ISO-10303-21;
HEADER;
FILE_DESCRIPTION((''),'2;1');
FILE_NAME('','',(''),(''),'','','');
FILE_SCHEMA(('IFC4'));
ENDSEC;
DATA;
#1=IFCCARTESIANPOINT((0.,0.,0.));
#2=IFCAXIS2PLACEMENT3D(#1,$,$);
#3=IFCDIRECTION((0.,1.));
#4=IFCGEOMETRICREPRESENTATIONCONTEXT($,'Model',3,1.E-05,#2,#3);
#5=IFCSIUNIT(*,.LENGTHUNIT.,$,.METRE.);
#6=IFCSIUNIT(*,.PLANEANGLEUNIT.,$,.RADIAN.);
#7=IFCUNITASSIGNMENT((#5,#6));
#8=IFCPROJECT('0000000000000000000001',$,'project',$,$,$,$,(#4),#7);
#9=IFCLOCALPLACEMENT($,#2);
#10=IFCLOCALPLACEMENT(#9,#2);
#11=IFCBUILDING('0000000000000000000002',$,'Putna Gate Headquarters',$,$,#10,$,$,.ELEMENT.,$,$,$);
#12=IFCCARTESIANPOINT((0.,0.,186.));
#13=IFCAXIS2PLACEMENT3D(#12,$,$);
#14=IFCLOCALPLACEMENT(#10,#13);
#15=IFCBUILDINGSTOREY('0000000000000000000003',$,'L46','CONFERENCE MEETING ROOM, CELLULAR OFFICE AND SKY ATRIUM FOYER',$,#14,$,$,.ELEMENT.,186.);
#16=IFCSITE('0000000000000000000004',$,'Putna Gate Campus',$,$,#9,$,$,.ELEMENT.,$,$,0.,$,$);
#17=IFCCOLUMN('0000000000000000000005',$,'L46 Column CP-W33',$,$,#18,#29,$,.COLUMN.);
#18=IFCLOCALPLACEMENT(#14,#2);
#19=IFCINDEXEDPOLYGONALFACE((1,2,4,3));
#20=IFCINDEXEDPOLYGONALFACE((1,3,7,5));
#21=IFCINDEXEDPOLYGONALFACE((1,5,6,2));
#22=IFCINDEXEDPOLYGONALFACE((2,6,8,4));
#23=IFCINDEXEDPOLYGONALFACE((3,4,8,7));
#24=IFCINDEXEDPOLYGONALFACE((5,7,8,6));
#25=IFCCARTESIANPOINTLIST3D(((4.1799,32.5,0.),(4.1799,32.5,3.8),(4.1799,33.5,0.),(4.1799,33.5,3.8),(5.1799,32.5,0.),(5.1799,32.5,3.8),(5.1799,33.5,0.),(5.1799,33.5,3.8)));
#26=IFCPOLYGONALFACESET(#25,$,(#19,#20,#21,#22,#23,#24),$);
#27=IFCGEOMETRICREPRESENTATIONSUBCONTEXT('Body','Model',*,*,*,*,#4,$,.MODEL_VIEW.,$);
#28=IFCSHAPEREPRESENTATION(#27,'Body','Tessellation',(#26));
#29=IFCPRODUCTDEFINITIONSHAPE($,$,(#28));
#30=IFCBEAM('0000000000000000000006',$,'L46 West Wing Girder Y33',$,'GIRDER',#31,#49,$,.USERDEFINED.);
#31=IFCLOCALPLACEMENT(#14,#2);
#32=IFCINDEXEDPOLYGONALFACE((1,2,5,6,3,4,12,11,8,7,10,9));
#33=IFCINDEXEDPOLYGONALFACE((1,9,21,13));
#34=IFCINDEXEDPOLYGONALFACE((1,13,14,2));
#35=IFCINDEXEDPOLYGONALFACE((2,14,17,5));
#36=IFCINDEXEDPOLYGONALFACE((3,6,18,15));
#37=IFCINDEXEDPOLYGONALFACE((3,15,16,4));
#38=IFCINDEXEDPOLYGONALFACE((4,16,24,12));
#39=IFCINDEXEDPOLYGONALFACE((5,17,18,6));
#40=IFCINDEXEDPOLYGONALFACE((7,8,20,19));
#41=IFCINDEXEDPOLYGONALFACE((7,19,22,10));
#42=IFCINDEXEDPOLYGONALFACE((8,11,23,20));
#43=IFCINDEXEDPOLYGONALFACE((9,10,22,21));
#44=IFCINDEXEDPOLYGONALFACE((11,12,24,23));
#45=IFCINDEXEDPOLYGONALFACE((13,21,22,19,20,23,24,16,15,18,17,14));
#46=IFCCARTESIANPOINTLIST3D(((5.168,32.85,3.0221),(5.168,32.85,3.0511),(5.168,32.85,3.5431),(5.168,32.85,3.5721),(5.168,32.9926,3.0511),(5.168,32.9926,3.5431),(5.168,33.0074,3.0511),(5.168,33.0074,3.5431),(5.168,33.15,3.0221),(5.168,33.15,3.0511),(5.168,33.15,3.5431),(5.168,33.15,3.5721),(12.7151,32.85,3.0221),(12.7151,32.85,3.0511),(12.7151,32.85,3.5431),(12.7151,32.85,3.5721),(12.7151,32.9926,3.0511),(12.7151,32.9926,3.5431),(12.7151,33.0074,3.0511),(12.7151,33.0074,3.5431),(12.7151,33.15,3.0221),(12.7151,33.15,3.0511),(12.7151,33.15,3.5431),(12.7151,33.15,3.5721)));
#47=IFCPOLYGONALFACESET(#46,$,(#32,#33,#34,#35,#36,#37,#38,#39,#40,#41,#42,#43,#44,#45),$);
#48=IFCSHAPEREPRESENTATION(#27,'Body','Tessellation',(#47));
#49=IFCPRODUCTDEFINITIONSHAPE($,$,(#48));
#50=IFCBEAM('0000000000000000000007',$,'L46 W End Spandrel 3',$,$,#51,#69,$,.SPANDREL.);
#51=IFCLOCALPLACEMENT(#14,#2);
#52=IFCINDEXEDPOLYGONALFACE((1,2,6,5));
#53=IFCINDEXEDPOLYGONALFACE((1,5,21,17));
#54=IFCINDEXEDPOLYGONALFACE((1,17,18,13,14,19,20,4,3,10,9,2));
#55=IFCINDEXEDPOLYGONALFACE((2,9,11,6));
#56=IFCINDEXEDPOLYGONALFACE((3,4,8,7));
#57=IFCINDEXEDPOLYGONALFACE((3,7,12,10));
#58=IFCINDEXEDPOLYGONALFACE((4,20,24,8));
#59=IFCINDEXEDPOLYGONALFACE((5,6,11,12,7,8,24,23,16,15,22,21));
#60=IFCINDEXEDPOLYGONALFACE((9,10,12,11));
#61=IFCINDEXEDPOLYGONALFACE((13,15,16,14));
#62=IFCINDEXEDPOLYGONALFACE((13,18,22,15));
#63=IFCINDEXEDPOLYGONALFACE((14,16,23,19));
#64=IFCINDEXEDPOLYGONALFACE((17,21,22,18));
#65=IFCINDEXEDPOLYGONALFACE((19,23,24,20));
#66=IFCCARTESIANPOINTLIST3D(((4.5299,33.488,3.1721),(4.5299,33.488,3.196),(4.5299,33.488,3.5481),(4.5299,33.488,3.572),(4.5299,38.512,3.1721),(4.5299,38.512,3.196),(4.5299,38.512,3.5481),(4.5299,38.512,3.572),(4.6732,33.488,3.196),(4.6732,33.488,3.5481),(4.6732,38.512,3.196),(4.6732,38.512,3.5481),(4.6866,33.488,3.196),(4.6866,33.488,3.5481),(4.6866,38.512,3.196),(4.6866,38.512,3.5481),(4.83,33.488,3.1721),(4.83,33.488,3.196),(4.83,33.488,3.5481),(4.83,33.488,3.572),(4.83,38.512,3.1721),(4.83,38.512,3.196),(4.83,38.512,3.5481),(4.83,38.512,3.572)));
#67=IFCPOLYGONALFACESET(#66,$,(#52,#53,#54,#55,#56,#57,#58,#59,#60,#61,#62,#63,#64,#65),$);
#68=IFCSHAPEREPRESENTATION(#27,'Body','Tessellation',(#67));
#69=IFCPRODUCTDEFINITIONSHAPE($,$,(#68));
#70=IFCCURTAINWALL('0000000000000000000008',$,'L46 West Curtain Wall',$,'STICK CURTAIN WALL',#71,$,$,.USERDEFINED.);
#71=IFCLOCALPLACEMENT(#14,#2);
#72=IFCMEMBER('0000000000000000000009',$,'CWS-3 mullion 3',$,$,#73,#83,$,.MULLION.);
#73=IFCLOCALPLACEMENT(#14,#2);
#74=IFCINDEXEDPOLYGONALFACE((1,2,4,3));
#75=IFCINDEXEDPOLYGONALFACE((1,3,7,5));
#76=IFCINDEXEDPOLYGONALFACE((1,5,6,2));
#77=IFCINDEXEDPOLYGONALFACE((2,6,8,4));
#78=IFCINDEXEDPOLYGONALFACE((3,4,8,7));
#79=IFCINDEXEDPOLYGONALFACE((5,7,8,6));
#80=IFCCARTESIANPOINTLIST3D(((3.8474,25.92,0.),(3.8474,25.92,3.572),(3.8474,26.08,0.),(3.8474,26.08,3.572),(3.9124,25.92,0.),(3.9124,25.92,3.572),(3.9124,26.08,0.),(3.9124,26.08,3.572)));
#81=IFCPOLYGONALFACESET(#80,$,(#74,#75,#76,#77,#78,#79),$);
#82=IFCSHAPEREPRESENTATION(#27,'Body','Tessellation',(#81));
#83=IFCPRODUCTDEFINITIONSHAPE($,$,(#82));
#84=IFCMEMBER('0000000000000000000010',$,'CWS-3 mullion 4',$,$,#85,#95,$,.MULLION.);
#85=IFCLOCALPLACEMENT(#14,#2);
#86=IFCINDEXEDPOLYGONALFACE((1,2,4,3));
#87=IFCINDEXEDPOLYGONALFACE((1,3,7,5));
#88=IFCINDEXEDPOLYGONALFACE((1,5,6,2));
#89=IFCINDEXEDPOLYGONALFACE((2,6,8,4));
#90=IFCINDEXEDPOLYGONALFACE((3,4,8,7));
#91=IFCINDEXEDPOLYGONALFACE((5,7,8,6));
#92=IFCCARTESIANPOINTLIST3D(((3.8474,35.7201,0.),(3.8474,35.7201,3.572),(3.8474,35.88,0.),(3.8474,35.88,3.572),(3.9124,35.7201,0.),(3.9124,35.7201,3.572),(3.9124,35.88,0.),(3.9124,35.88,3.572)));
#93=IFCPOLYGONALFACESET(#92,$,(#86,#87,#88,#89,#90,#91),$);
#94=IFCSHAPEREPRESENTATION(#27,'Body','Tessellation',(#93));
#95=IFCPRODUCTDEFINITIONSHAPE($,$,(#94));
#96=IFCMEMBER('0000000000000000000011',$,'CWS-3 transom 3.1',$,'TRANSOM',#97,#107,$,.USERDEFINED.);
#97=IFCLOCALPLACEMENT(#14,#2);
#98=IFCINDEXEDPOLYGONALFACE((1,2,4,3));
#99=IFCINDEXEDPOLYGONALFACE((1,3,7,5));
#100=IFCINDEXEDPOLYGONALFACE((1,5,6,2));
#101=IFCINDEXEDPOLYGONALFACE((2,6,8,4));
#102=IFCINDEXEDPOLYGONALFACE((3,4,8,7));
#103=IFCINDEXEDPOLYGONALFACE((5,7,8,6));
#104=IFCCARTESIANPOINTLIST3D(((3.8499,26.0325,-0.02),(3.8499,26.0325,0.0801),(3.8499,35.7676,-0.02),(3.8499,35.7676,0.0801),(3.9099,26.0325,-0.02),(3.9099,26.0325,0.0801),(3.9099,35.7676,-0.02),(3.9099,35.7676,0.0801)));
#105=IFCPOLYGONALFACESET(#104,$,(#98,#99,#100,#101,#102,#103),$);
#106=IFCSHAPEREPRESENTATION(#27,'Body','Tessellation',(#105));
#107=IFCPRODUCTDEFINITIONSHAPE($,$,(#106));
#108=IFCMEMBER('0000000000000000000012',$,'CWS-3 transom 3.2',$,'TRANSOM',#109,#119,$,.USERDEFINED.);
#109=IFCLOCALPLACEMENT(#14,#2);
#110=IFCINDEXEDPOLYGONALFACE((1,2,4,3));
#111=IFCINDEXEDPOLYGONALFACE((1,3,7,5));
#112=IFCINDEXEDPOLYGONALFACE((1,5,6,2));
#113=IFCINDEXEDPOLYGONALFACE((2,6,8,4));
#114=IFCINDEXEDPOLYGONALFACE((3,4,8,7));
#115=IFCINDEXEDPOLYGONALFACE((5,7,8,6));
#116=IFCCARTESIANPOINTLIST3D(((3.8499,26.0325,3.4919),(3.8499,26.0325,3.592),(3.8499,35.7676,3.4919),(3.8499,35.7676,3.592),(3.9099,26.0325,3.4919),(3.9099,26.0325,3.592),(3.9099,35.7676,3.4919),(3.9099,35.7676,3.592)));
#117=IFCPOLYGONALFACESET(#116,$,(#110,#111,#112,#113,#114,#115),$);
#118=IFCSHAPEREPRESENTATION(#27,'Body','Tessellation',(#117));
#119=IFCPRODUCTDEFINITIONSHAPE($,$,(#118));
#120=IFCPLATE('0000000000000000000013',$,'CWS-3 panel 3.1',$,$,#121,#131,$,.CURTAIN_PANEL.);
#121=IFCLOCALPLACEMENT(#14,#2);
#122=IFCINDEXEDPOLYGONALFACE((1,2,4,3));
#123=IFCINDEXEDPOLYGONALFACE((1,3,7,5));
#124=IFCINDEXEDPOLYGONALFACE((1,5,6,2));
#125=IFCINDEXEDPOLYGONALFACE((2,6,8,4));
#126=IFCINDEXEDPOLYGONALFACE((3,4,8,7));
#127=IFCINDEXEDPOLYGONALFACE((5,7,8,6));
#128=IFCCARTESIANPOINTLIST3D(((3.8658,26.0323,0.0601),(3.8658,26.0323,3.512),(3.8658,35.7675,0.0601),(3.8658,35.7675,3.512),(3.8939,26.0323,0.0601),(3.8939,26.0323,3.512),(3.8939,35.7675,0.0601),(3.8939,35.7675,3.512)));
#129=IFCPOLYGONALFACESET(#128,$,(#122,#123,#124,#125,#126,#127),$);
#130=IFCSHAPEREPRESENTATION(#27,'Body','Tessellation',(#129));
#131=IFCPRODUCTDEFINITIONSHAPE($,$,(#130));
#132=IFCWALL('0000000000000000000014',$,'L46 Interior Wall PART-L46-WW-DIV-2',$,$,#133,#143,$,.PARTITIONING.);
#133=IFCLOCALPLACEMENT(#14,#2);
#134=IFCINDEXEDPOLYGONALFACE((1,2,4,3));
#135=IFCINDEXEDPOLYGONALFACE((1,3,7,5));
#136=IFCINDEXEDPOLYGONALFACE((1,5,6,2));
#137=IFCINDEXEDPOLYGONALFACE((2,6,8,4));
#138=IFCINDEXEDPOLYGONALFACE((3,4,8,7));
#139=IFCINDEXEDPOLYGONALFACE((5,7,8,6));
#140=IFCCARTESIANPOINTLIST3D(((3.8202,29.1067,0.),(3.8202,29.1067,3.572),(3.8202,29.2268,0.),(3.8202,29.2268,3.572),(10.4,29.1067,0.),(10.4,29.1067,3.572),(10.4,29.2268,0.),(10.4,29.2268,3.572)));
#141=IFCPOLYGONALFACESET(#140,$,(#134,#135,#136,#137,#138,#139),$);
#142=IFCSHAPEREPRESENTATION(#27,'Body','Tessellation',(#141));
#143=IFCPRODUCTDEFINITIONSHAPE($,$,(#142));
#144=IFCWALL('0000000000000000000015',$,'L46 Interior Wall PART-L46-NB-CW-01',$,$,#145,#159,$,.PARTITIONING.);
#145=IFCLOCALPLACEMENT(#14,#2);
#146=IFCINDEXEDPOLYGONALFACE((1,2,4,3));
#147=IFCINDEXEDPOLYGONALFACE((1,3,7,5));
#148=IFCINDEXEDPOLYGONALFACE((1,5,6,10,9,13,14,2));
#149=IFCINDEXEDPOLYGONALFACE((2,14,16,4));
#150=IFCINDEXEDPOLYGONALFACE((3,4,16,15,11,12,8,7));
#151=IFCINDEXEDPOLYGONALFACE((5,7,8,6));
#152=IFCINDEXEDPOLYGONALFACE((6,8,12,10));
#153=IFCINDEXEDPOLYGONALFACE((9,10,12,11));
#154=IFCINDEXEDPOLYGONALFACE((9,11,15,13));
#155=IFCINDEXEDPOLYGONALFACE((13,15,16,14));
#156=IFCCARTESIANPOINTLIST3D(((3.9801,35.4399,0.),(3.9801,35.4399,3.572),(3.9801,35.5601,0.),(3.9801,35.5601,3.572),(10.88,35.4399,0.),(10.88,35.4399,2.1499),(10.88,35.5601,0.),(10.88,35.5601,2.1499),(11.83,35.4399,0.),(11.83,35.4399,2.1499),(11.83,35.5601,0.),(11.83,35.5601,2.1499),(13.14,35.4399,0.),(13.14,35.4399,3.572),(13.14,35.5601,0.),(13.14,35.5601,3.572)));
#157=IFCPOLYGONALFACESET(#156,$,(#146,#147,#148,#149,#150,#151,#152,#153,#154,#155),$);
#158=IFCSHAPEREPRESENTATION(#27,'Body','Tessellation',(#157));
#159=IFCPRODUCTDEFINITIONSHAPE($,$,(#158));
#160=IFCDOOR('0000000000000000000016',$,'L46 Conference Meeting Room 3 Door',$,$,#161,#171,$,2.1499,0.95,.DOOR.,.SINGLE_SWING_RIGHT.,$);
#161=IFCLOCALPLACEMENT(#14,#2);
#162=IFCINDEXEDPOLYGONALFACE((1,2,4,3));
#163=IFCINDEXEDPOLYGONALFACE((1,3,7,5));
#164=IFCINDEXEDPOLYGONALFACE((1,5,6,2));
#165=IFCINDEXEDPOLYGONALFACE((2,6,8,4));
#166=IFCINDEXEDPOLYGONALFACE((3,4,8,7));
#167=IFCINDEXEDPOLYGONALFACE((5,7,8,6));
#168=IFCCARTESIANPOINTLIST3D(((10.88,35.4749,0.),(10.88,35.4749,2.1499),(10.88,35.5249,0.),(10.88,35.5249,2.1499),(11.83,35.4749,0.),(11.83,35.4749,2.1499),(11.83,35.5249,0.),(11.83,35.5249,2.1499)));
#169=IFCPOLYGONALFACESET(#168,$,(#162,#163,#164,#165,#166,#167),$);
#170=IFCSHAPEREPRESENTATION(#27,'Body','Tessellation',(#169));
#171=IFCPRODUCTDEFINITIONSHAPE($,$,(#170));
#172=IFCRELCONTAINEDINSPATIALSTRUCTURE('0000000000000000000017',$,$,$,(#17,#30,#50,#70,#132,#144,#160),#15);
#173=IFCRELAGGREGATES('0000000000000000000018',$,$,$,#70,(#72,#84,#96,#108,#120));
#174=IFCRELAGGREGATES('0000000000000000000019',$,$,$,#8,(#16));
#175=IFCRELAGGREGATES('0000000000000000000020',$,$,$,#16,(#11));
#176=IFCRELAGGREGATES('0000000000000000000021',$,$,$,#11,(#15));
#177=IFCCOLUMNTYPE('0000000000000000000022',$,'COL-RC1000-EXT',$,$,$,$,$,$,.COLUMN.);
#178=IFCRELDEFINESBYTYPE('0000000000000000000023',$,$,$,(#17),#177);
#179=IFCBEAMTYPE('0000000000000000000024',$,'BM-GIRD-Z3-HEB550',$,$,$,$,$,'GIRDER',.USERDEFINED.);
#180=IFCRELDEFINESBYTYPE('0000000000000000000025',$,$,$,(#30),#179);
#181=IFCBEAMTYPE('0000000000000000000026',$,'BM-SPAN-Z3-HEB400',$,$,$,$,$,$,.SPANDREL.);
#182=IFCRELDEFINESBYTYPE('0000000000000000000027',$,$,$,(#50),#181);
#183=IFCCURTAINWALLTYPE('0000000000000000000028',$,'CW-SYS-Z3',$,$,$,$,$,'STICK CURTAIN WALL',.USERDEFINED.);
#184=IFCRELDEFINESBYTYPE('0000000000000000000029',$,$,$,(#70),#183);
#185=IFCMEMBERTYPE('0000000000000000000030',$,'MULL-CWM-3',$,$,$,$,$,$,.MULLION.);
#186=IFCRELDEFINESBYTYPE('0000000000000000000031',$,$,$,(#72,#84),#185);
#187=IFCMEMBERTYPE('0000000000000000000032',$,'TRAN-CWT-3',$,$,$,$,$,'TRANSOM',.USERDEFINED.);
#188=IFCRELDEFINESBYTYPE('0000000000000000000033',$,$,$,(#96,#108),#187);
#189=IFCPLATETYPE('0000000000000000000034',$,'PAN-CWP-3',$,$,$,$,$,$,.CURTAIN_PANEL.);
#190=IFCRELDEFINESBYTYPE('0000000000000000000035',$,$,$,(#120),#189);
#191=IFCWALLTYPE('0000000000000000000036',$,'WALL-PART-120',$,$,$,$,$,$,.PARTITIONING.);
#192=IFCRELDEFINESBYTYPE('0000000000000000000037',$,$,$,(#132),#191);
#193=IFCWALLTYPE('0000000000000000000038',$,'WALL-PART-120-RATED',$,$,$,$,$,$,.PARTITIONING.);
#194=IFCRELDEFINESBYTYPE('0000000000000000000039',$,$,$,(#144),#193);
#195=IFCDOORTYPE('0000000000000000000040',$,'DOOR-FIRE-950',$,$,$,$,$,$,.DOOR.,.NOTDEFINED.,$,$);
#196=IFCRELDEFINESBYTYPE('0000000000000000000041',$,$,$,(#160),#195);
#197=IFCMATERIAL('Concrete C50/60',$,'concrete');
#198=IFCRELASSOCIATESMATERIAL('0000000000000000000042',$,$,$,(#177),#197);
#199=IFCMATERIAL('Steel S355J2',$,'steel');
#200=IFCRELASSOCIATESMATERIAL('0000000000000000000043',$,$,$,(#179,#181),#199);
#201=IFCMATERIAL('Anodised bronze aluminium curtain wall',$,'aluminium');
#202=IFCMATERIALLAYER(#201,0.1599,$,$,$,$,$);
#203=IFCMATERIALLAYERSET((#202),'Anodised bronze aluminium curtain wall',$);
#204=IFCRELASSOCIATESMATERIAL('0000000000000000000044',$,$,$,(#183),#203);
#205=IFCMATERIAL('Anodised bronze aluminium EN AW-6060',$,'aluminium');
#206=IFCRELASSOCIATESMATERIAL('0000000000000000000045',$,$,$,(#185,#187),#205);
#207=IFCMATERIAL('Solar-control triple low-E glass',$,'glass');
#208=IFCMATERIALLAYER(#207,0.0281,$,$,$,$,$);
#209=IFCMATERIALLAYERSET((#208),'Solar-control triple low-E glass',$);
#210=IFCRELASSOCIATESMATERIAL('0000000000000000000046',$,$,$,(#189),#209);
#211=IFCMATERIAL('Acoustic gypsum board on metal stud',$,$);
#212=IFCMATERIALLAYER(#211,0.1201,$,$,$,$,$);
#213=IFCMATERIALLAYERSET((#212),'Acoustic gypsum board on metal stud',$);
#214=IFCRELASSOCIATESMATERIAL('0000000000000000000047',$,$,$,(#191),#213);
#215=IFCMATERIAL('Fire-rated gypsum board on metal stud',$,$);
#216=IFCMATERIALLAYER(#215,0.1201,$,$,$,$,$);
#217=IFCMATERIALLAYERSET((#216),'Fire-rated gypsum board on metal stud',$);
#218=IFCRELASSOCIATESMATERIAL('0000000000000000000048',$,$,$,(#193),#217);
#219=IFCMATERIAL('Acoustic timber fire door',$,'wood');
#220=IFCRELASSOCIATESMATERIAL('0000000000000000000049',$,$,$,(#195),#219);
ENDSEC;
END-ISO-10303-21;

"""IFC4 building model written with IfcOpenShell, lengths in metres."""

from ifc_helpers import new_model, si_unit, direction, frame, frame_2d, origin, origin_2d, place, context, subcontext, project, spatial, rectangle, i_section, extrude, material, layer, layer_set, material_profile, profile_set, type_object, element, fill, aggregate, save


model = new_model("IFC4")

# Units and contexts
model_context = context("Model", 3, precision=1e-05, world=origin(), true_north=direction((0.0, 1.0)))
body_context = subcontext(model_context, "Body", "Model", "MODEL_VIEW")
ifc_project = project(units=[si_unit("LENGTHUNIT", "METRE"), si_unit("PLANEANGLEUNIT", "RADIAN")], contexts=[model_context])

# Site, building, storey
site_placement = place(None, origin())
site = spatial("IfcSite", under=ifc_project, at=site_placement, Name="Putna Gate Campus", CompositionType="ELEMENT", RefElevation=0.0)
building_placement = place(site_placement, origin())
building = spatial("IfcBuilding", under=site, at=building_placement, Name="Putna Gate Headquarters", CompositionType="ELEMENT")
storey_placement = place(building_placement, frame((0.0, 0.0, 186.0)))
storey = spatial("IfcBuildingStorey", under=building, at=storey_placement, Name="L46", Description="CONFERENCE MEETING ROOM, CELLULAR OFFICE AND SKY ATRIUM FOYER", CompositionType="ELEMENT", Elevation=186.0)

# Column
ifc_material_1 = material(Name="Concrete C50/60", Category="concrete")
ifc_material_profile_1 = material_profile(ifc_material_1, rectangle(XDim=1.0, YDim=1.0, at=origin_2d()), Name="Concrete C50/60")
ifc_profile_set_1 = profile_set([ifc_material_profile_1], Name="Concrete C50/60")
column_type = type_object("IfcColumnType", Name="COL-RC1000-EXT", PredefinedType="COLUMN", material=ifc_profile_set_1)
column_placement = place(storey_placement, frame((4.6799, 33.0, 0.0), z_axis=(0.0, 0.0, 1.0), x_axis=(1.0, 0.0, 0.0)))
element("IfcColumn", 1, at=column_placement, inside=storey, type_object=column_type, Name="L46 Column CP-W33", PredefinedType="COLUMN", context=body_context, shape_type="SweptSolid", body=[
    extrude(rectangle(XDim=1.0, YDim=1.0, at=origin_2d()), origin(), (0.0, 0.0, 1.0), 3.8),
])

# Beams
ifc_material_2 = material(Name="Steel S355J2", Category="steel")
ifc_material_profile_2 = material_profile(ifc_material_2, i_section(OverallWidth=0.3, OverallDepth=0.55, WebThickness=0.0149, FlangeThickness=0.0291, at=origin_2d()), Name="Steel S355J2")
ifc_profile_set_2 = profile_set([ifc_material_profile_2], Name="Steel S355J2")
beam_type_1 = type_object("IfcBeamType", Name="BM-GIRD-Z3-HEB550", ElementType="GIRDER", PredefinedType="USERDEFINED", material=ifc_profile_set_2)
beam_1_placement = place(storey_placement, frame((5.168, 33.0, 3.2971), z_axis=(1.0, 0.0, 0.0), x_axis=(0.0, 1.0, 0.0)))
element("IfcBeam", 2, at=beam_1_placement, inside=storey, type_object=beam_type_1, Name="L46 West Wing Girder Y33", ObjectType="GIRDER", PredefinedType="USERDEFINED", context=body_context, shape_type="SweptSolid", body=[
    extrude(i_section(OverallWidth=0.3, OverallDepth=0.55, WebThickness=0.0149, FlangeThickness=0.0291, at=origin_2d()), origin(), (0.0, 0.0, 1.0), 7.5471),
])
ifc_material_profile_3 = material_profile(ifc_material_2, i_section(OverallWidth=0.3, OverallDepth=0.3999, WebThickness=0.0134, FlangeThickness=0.0239, at=origin_2d()), Name="Steel S355J2")
ifc_profile_set_3 = profile_set([ifc_material_profile_3], Name="Steel S355J2")
beam_type_2 = type_object("IfcBeamType", Name="BM-SPAN-Z3-HEB400", PredefinedType="SPANDREL", material=ifc_profile_set_3)
beam_2_placement = place(storey_placement, frame((4.6799, 33.488, 3.3721), z_axis=(0.0, 1.0, 0.0), x_axis=(-1.0, 0.0, 0.0)))
element("IfcBeam", 3, at=beam_2_placement, inside=storey, type_object=beam_type_2, Name="L46 W End Spandrel 3", PredefinedType="SPANDREL", context=body_context, shape_type="SweptSolid", body=[
    extrude(i_section(OverallWidth=0.3, OverallDepth=0.3999, WebThickness=0.0134, FlangeThickness=0.0239, at=origin_2d()), origin(), (0.0, 0.0, 1.0), 5.0239),
])

# Curtain wall, members, plate
ifc_material_3 = material(Name="Anodised bronze aluminium curtain wall", Category="aluminium")
ifc_layer_1 = layer(ifc_material_3, 0.1599)
ifc_layer_set_1 = layer_set([ifc_layer_1], Name="Anodised bronze aluminium curtain wall")
curtain_wall_type = type_object("IfcCurtainWallType", Name="CW-SYS-Z3", ElementType="STICK CURTAIN WALL", PredefinedType="USERDEFINED", material=ifc_layer_set_1)
curtain_wall_placement = place(storey_placement, origin())
curtain_wall = element("IfcCurtainWall", 4, at=curtain_wall_placement, inside=storey, type_object=curtain_wall_type, Name="L46 West Curtain Wall", ObjectType="STICK CURTAIN WALL", PredefinedType="USERDEFINED")
ifc_material_4 = material(Name="Anodised bronze aluminium EN AW-6060", Category="aluminium")
ifc_material_profile_4 = material_profile(ifc_material_4, rectangle(XDim=0.0649, YDim=0.1599, at=origin_2d()), Name="Anodised bronze aluminium EN AW-6060")
ifc_profile_set_4 = profile_set([ifc_material_profile_4], Name="Anodised bronze aluminium EN AW-6060")
member_type_1 = type_object("IfcMemberType", Name="MULL-CWM-3", PredefinedType="MULLION", material=ifc_profile_set_4)
member_1_placement = place(storey_placement, frame((3.8799, 26.0, 0.0), z_axis=(0.0, 0.0, 1.0), x_axis=(-1.0, 0.0, 0.0)))
member_1 = element("IfcMember", 5, at=member_1_placement, type_object=member_type_1, Name="CWS-3 mullion 3", PredefinedType="MULLION", context=body_context, shape_type="SweptSolid", body=[
    extrude(rectangle(XDim=0.0649, YDim=0.1599, at=origin_2d()), origin(), (0.0, 0.0, 1.0), 3.572),
])
member_2_placement = place(storey_placement, frame((3.8799, 35.8, 0.0), z_axis=(0.0, 0.0, 1.0), x_axis=(-1.0, 0.0, 0.0)))
member_2 = element("IfcMember", 6, at=member_2_placement, type_object=member_type_1, Name="CWS-3 mullion 4", PredefinedType="MULLION", context=body_context, shape_type="SweptSolid", body=[
    extrude(rectangle(XDim=0.0649, YDim=0.1599, at=origin_2d()), origin(), (0.0, 0.0, 1.0), 3.572),
])
ifc_material_profile_5 = material_profile(ifc_material_4, rectangle(XDim=0.0601, YDim=0.1001, at=origin_2d()), Name="Anodised bronze aluminium EN AW-6060")
ifc_profile_set_5 = profile_set([ifc_material_profile_5], Name="Anodised bronze aluminium EN AW-6060")
member_type_2 = type_object("IfcMemberType", Name="TRAN-CWT-3", ElementType="TRANSOM", PredefinedType="USERDEFINED", material=ifc_profile_set_5)
member_3_placement = place(storey_placement, frame((3.8799, 26.0325, 0.03), z_axis=(0.0, 1.0, 0.0), x_axis=(-1.0, 0.0, 0.0)))
member_3 = element("IfcMember", 7, at=member_3_placement, type_object=member_type_2, Name="CWS-3 transom 3.1", ObjectType="TRANSOM", PredefinedType="USERDEFINED", context=body_context, shape_type="SweptSolid", body=[
    extrude(rectangle(XDim=0.0601, YDim=0.1001, at=origin_2d()), origin(), (0.0, 0.0, 1.0), 9.7351),
])
member_4_placement = place(storey_placement, frame((3.8799, 26.0325, 3.542), z_axis=(0.0, 1.0, 0.0), x_axis=(-1.0, 0.0, 0.0)))
member_4 = element("IfcMember", 8, at=member_4_placement, type_object=member_type_2, Name="CWS-3 transom 3.2", ObjectType="TRANSOM", PredefinedType="USERDEFINED", context=body_context, shape_type="SweptSolid", body=[
    extrude(rectangle(XDim=0.0601, YDim=0.1001, at=origin_2d()), origin(), (0.0, 0.0, 1.0), 9.7351),
])
ifc_material_5 = material(Name="Solar-control triple low-E glass", Category="glass")
ifc_layer_2 = layer(ifc_material_5, 0.0281)
ifc_layer_set_2 = layer_set([ifc_layer_2], Name="Solar-control triple low-E glass")
plate_type = type_object("IfcPlateType", Name="PAN-CWP-3", PredefinedType="CURTAIN_PANEL", material=ifc_layer_set_2)
plate_placement = place(storey_placement, frame((3.8799, 30.8999, 0.0601), z_axis=(0.0, 0.0, 1.0), x_axis=(0.0, 1.0, 0.0)))
plate = element("IfcPlate", 9, at=plate_placement, type_object=plate_type, Name="CWS-3 panel 3.1", PredefinedType="CURTAIN_PANEL", context=body_context, shape_type="SweptSolid", body=[
    extrude(rectangle(XDim=9.7351, YDim=0.0281, at=origin_2d()), origin(), (0.0, 0.0, 1.0), 3.4519),
])
aggregate(curtain_wall, [member_1, member_2, member_3, member_4, plate])

# Wall
ifc_material_6 = material(Name="Acoustic gypsum board on metal stud")
ifc_layer_3 = layer(ifc_material_6, 0.1201)
ifc_layer_set_3 = layer_set([ifc_layer_3], Name="Acoustic gypsum board on metal stud")
wall_type_1 = type_object("IfcWallType", Name="WALL-PART-120", PredefinedType="PARTITIONING", material=ifc_layer_set_3)
wall_1_placement = place(storey_placement, frame((3.8201, 29.1667, 0.0), z_axis=(0.0, 0.0, 1.0), x_axis=(1.0, 0.0, 0.0)))
element("IfcWall", 10, at=wall_1_placement, inside=storey, type_object=wall_type_1, Name="L46 Interior Wall PART-L46-WW-DIV-2", PredefinedType="PARTITIONING", context=body_context, shape_type="SweptSolid", body=[
    extrude(rectangle(XDim=6.5798, YDim=0.1201, at=frame_2d((3.29, 0.0))), origin(), (0.0, 0.0, 1.0), 3.572),
])

# Wall, opening, door
ifc_material_7 = material(Name="Fire-rated gypsum board on metal stud")
ifc_layer_4 = layer(ifc_material_7, 0.1201)
ifc_layer_set_4 = layer_set([ifc_layer_4], Name="Fire-rated gypsum board on metal stud")
wall_type_2 = type_object("IfcWallType", Name="WALL-PART-120-RATED", PredefinedType="PARTITIONING", material=ifc_layer_set_4)
wall_2_placement = place(storey_placement, frame((3.98, 35.5, 0.0), z_axis=(0.0, 0.0, 1.0), x_axis=(1.0, 0.0, 0.0)))
wall_2 = element("IfcWall", 11, at=wall_2_placement, inside=storey, type_object=wall_type_2, Name="L46 Interior Wall PART-L46-NB-CW-01", PredefinedType="PARTITIONING", context=body_context, shape_type="SweptSolid", body=[
    extrude(rectangle(XDim=9.1599, YDim=0.1201, at=frame_2d((4.5801, 0.0))), origin(), (0.0, 0.0, 1.0), 3.572),
])
opening_1_placement = place(wall_2_placement, frame((6.8999, 0.0, 0.0)))
opening_1 = element("IfcOpeningElement", 12, at=opening_1_placement, cuts=wall_2, PredefinedType="OPENING", context=body_context, shape_type="SweptSolid", body=[
    extrude(rectangle(XDim=0.95, YDim=2.1499, at=frame_2d((0.4751, 1.075))), frame((0.0, 0.0701, 0.0), z_axis=(0.0, -1.0, 0.0), x_axis=(1.0, 0.0, 0.0)), (0.0, 0.0, 1.0), 0.1401),
])
ifc_material_8 = material(Name="Acoustic timber fire door", Category="wood")
door_type = type_object("IfcDoorType", Name="DOOR-FIRE-950", OperationType="NOTDEFINED", PredefinedType="DOOR", material=ifc_material_8)
door_1_placement = place(opening_1_placement, origin())
door_1 = element("IfcDoor", 13, at=door_1_placement, inside=storey, type_object=door_type, Name="L46 Conference Meeting Room 3 Door", OperationType="SINGLE_SWING_RIGHT", OverallHeight=2.1499, OverallWidth=0.95, PredefinedType="DOOR", context=body_context, shape_type="SweptSolid", body=[
    extrude(rectangle(XDim=0.95, YDim=2.1499, at=frame_2d((0.4751, 1.075))), frame((0.0, 0.0249, 0.0), z_axis=(0.0, -1.0, 0.0), x_axis=(1.0, 0.0, 0.0)), (0.0, 0.0, 1.0), 0.05),
])
fill(opening_1, door_1)

save(model, "model.ifc")
